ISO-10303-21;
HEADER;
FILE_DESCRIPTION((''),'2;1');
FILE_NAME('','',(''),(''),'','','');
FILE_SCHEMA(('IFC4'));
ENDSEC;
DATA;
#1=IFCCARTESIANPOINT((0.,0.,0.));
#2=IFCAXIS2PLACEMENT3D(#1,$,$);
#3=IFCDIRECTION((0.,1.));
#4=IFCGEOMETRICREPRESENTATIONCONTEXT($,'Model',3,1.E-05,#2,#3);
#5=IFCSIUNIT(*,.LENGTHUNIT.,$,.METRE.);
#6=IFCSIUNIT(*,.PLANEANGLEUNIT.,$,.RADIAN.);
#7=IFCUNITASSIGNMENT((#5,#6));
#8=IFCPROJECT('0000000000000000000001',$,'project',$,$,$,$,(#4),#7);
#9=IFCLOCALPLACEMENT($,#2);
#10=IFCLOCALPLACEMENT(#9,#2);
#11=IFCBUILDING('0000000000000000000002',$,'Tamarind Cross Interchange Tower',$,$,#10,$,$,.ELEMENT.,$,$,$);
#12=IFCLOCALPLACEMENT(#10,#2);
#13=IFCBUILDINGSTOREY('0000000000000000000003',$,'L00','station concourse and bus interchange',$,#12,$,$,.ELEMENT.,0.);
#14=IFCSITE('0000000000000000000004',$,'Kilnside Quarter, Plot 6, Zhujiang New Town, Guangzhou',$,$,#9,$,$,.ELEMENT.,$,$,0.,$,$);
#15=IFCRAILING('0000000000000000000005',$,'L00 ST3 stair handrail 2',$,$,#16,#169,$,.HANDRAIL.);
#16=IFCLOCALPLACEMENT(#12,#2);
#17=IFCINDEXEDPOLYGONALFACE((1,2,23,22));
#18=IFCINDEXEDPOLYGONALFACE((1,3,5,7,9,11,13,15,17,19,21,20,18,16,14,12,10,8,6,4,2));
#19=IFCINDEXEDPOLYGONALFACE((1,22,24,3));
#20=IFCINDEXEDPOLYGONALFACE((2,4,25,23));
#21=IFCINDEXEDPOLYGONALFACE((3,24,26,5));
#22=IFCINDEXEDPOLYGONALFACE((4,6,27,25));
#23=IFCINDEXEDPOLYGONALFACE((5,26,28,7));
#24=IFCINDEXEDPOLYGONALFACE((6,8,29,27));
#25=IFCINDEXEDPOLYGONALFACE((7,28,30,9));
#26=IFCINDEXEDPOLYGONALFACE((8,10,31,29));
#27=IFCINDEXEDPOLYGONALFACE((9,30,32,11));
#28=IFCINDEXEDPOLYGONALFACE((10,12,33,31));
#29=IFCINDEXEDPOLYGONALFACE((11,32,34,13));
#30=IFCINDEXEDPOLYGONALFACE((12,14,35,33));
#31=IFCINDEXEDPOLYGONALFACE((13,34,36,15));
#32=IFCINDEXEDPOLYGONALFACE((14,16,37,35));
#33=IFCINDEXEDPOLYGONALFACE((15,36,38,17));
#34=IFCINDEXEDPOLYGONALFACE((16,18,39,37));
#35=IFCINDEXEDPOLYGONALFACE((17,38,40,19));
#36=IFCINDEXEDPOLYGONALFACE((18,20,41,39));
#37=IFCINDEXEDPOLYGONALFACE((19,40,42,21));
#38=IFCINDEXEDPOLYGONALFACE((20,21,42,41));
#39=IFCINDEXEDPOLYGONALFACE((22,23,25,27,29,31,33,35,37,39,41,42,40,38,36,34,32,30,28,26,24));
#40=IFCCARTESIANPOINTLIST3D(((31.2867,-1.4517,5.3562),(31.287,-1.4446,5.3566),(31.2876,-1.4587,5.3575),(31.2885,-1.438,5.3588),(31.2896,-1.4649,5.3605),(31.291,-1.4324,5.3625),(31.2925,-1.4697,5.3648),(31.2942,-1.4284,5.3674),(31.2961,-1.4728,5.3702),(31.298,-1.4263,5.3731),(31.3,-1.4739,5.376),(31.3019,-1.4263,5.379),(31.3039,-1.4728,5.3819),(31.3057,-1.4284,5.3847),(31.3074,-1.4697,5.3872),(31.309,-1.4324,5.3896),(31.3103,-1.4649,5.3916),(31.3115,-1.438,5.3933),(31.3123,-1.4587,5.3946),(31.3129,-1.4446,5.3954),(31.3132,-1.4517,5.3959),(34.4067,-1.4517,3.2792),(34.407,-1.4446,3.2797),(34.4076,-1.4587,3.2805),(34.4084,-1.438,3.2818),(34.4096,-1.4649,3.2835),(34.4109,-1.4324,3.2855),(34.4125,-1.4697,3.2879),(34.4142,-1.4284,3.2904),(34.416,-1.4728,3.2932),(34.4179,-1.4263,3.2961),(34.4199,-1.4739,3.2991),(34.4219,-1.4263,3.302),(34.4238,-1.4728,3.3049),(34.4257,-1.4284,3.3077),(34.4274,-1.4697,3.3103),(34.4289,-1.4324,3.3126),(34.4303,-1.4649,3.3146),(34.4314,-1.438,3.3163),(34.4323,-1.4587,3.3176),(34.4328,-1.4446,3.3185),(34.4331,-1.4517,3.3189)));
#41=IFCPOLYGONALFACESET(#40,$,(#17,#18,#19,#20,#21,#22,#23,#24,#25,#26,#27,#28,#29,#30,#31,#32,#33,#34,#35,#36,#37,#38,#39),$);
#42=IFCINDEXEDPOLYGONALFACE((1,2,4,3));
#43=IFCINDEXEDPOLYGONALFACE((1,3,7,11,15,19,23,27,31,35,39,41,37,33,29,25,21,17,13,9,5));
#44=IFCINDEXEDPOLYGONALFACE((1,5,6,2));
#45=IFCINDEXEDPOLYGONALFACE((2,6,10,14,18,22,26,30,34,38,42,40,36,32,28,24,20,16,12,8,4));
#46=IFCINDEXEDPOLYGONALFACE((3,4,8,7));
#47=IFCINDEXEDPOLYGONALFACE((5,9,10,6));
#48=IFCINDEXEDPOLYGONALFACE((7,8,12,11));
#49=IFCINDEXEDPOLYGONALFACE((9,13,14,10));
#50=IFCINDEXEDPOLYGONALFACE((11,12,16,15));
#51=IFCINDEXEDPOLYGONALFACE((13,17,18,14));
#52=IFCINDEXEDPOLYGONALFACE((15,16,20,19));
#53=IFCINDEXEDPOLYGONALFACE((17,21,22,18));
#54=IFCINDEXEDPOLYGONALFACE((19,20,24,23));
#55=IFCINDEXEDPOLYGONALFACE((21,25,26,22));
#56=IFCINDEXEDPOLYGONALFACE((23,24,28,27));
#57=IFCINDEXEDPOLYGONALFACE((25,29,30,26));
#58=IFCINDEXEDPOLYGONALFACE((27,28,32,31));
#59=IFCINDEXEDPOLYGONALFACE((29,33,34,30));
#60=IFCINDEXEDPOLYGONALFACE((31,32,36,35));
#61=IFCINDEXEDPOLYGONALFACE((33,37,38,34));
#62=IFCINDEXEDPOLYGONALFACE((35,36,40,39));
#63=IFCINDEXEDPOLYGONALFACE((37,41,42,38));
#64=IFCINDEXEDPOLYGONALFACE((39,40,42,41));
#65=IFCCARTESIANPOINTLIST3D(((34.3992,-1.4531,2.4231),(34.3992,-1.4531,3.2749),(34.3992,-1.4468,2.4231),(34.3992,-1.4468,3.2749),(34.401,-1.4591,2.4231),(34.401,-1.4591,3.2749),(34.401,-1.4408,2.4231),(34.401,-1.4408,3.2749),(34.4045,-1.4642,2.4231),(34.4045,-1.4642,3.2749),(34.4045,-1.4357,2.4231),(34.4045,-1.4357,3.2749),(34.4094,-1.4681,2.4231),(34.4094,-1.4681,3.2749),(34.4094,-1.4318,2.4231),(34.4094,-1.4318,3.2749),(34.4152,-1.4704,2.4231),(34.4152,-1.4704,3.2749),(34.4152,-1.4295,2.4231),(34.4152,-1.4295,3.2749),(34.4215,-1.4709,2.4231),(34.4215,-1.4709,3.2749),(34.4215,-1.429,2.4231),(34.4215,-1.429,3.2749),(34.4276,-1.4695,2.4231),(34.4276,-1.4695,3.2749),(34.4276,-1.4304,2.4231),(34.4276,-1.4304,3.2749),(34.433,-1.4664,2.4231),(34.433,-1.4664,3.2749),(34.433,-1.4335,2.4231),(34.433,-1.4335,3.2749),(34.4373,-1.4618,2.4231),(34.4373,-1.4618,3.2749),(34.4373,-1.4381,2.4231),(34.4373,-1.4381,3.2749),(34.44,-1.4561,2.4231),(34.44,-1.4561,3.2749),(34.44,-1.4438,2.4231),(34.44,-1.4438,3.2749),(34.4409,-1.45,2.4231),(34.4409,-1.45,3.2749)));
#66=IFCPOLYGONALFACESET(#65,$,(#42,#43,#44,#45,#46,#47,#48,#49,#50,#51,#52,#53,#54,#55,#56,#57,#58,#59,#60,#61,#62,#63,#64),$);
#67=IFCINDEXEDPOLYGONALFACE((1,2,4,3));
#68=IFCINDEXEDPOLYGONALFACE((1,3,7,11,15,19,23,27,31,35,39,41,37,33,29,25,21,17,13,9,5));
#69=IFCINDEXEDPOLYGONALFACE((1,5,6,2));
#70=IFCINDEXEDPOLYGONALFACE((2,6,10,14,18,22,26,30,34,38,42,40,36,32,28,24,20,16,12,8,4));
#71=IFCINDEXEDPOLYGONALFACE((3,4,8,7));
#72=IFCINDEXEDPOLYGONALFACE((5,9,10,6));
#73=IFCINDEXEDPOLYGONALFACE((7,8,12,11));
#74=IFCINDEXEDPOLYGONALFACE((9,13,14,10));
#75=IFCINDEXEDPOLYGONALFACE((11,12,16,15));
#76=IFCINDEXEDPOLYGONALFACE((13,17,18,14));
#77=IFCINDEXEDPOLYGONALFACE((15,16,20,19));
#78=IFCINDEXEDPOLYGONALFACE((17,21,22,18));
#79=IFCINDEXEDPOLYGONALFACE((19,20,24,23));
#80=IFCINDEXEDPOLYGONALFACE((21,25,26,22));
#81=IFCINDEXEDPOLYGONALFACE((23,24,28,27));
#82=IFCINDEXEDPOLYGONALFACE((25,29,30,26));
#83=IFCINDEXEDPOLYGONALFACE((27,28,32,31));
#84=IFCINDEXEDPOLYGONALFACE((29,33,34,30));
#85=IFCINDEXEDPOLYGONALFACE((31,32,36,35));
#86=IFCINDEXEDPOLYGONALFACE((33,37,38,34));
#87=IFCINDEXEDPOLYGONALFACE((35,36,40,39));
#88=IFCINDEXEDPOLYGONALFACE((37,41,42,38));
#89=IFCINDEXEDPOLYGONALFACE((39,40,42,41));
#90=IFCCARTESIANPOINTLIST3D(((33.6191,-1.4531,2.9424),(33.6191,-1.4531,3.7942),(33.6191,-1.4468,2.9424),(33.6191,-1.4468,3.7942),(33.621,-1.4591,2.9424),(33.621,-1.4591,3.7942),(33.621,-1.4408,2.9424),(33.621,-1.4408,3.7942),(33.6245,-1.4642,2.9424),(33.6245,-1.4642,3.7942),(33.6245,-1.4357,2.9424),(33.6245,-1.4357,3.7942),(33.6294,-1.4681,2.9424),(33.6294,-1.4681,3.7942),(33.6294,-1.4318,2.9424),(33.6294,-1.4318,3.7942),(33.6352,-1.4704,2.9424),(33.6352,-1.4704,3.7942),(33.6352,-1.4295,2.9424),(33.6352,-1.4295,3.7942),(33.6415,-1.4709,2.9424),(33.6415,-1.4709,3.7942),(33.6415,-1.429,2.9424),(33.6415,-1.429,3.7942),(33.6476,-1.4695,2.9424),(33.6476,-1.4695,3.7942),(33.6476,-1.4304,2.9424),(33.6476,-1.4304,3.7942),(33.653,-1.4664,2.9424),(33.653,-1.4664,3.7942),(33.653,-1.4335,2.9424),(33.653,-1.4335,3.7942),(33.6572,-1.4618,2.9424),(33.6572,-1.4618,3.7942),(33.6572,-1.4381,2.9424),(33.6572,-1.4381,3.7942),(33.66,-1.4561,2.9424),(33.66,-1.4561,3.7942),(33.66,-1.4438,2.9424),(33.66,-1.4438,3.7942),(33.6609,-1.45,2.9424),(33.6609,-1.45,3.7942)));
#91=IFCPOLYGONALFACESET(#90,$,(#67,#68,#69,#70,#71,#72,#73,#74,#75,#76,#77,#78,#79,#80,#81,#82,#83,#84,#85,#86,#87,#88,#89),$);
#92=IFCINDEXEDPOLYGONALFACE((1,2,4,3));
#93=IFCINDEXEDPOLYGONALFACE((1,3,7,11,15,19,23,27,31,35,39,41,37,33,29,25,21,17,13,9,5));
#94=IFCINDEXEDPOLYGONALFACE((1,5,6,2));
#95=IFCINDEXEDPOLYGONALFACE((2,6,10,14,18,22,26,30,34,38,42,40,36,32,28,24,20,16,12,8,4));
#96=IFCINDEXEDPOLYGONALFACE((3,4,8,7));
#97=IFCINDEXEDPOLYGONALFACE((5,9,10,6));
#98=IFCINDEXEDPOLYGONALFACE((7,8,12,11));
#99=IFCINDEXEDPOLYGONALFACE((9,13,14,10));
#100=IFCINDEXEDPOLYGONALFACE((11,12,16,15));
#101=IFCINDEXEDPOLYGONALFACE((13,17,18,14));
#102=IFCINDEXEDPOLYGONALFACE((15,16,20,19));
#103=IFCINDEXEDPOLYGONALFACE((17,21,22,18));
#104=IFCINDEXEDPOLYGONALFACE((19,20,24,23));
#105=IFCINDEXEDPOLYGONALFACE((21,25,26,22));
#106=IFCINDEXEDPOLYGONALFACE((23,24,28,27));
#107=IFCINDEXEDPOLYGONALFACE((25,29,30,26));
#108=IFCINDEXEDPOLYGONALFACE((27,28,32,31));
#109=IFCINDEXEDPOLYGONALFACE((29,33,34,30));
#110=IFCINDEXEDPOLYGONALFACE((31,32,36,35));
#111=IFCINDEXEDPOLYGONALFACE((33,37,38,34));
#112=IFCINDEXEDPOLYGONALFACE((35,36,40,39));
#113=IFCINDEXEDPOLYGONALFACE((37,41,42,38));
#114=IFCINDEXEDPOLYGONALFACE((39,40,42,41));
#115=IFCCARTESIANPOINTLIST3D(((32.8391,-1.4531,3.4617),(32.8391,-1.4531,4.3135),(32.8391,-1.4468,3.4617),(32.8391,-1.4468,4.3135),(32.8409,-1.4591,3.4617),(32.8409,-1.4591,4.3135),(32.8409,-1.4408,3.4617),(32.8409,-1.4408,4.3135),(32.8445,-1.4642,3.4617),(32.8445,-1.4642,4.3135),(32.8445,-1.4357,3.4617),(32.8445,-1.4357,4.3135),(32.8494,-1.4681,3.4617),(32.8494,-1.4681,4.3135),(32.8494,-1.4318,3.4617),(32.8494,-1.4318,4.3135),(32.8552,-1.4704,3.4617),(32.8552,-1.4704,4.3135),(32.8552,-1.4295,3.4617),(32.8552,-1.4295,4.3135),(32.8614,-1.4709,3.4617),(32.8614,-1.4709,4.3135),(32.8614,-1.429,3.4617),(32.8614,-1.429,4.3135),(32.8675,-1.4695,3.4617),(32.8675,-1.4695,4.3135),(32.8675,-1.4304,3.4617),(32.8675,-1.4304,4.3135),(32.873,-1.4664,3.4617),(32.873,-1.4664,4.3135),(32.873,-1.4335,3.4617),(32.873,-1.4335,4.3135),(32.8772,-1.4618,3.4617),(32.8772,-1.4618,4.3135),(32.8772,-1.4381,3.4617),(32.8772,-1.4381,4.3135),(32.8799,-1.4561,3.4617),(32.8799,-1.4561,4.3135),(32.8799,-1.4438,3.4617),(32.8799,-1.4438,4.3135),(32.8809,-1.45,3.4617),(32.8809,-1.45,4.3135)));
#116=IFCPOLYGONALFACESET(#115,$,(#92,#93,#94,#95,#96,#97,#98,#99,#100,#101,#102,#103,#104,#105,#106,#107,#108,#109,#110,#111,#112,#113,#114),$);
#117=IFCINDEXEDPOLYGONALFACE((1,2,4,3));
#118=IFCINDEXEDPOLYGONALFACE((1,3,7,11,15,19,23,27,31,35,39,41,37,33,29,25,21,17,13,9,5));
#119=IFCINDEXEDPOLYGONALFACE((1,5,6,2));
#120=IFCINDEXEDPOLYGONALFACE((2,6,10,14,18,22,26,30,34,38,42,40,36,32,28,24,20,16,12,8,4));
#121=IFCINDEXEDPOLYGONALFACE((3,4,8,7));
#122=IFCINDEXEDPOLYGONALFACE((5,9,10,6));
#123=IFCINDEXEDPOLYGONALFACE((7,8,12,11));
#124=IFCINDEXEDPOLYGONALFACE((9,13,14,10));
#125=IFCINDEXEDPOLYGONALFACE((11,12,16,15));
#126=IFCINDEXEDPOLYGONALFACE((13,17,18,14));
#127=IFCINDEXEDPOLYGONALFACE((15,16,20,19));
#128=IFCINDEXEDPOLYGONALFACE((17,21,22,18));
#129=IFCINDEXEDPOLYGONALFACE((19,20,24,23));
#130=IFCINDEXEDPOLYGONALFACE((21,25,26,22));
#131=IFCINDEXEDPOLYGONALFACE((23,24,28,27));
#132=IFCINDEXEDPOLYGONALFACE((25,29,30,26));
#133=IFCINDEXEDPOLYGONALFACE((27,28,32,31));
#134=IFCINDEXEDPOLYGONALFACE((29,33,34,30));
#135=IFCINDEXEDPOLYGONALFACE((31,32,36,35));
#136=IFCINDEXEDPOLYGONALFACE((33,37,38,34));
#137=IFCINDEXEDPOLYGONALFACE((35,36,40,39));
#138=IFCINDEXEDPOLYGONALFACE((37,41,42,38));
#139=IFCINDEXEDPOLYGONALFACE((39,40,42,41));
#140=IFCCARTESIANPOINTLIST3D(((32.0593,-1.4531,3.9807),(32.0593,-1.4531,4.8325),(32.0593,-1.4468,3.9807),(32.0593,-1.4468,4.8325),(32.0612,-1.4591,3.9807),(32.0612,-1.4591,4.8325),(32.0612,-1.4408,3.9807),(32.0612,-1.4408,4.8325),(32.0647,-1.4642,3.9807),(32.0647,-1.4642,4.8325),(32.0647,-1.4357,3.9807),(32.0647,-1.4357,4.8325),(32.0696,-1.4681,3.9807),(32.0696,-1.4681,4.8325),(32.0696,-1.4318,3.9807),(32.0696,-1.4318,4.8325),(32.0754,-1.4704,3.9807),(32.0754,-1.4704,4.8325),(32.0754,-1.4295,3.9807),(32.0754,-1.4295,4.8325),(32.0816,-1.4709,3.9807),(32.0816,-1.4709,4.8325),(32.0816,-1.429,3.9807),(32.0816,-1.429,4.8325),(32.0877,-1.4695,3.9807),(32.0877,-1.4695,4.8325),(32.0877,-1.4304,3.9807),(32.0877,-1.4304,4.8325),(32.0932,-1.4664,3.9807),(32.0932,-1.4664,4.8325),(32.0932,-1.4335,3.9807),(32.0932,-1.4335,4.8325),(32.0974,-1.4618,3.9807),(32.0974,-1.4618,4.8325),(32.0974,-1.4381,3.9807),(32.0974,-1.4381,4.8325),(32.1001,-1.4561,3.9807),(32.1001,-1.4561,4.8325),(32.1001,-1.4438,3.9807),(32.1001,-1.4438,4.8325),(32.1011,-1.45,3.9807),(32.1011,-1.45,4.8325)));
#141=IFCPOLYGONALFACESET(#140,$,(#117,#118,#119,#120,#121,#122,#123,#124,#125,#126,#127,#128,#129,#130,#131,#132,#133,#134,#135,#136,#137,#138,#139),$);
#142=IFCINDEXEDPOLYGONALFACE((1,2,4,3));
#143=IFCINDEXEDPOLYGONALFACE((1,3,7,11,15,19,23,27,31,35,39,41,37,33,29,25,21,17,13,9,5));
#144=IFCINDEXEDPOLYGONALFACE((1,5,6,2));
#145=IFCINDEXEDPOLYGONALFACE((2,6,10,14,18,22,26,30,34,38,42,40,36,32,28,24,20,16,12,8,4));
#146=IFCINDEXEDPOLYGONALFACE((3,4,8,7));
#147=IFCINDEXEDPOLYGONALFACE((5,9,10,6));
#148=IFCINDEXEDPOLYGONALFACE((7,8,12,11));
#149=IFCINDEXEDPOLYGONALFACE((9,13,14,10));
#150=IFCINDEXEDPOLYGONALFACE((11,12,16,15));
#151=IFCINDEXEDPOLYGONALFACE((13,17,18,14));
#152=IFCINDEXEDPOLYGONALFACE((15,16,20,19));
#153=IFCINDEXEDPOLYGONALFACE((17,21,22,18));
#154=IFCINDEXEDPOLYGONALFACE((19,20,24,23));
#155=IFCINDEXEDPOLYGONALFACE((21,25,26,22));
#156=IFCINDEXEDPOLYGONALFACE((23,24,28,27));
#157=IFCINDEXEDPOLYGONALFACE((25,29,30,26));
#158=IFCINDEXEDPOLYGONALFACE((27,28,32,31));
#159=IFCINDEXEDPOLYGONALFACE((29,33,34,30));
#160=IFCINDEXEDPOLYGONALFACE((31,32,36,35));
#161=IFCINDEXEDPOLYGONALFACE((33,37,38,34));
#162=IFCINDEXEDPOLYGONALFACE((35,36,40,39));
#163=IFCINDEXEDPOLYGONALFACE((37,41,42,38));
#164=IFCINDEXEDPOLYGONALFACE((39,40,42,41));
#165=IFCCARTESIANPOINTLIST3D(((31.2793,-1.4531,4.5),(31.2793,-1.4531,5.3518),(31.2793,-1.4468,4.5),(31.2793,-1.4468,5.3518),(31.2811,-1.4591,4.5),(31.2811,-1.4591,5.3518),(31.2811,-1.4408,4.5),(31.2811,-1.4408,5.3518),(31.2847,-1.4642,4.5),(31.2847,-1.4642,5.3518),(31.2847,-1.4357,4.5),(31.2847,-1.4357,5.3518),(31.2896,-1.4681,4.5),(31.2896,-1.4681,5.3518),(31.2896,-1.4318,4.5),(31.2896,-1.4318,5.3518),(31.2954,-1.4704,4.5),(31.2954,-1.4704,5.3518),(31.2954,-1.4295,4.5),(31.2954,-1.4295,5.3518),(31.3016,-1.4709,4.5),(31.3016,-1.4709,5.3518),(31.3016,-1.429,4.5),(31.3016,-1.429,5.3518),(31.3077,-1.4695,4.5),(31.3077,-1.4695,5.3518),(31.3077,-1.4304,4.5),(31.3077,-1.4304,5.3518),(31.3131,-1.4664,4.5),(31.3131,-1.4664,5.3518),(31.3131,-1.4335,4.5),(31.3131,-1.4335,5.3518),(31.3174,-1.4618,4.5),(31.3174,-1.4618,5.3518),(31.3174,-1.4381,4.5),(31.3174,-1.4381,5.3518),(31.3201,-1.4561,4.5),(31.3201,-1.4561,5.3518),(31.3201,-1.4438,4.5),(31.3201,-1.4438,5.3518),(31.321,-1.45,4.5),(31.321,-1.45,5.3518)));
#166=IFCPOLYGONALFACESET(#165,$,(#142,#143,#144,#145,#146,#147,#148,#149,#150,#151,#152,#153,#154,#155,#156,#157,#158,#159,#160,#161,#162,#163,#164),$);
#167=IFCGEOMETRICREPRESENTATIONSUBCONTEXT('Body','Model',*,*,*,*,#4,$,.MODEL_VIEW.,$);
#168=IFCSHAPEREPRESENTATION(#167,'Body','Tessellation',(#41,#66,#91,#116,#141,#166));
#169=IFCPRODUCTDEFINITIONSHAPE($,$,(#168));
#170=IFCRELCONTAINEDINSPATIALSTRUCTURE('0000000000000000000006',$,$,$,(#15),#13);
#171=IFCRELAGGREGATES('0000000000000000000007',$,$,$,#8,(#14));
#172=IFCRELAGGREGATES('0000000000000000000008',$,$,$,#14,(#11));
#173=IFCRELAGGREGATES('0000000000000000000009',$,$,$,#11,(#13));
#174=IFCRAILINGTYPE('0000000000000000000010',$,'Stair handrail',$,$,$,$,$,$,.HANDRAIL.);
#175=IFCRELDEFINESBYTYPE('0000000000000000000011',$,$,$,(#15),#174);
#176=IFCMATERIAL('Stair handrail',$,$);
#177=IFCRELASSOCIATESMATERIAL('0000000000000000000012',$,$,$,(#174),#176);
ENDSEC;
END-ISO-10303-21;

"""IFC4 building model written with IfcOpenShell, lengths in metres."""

from ifc_helpers import new_model, si_unit, direction, frame, origin, origin_2d, place, context, subcontext, project, spatial, circle, extrude, material, type_object, element, save


model = new_model("IFC4")

# Units and contexts
model_context = context("Model", 3, precision=1e-05, world=origin(), true_north=direction((0.0, 1.0)))
body_context = subcontext(model_context, "Body", "Model", "MODEL_VIEW")
ifc_project = project(units=[si_unit("LENGTHUNIT", "METRE"), si_unit("PLANEANGLEUNIT", "RADIAN")], contexts=[model_context])

# Site, building, storey
site_placement = place(None, origin())
site = spatial("IfcSite", under=ifc_project, at=site_placement, Name="Kilnside Quarter, Plot 6, Zhujiang New Town, Guangzhou", CompositionType="ELEMENT", RefElevation=0.0)
building_placement = place(site_placement, origin())
building = spatial("IfcBuilding", under=site, at=building_placement, Name="Tamarind Cross Interchange Tower", CompositionType="ELEMENT")
storey_placement = place(building_placement, origin())
storey = spatial("IfcBuildingStorey", under=building, at=storey_placement, Name="L00", Description="station concourse and bus interchange", CompositionType="ELEMENT", Elevation=0.0)

# Railing
ifc_material_1 = material(Name="Stair handrail")
railing_type_1 = type_object("IfcRailingType", Name="Stair handrail", PredefinedType="HANDRAIL", material=ifc_material_1)
for number, where, name in (
    (1, (34.4199, -1.45, 2.4231), "L00 ST3 stair handrail 2"),
):
    element("IfcRailing", number, at=place(storey_placement, frame(where)), inside=storey, type_object=railing_type_1, Name=name, PredefinedType="HANDRAIL", context=body_context, shape_type="SweptSolid", body=[
        extrude(circle(Radius=0.0239, at=origin_2d()), frame((0.0, 0.0, 0.876), z_axis=(-0.832421, 0.0, 0.554144), x_axis=(0.0, -1.0, 0.0)), (0.0, 0.0, 1.0), 3.748),
        extrude(circle(Radius=0.021, at=origin_2d()), origin(), (0.0, 0.0, 1.0), 0.8518),
        extrude(circle(Radius=0.021, at=origin_2d()), frame((-0.78, 0.0, 0.5193)), (0.0, 0.0, 1.0), 0.8518),
        extrude(circle(Radius=0.021, at=origin_2d()), frame((-1.5601, 0.0, 1.0386)), (0.0, 0.0, 1.0), 0.8518),
        extrude(circle(Radius=0.021, at=origin_2d()), frame((-2.3398, 0.0, 1.5576)), (0.0, 0.0, 1.0), 0.8518),
        extrude(circle(Radius=0.021, at=origin_2d()), frame((-3.1199, 0.0, 2.0769)), (0.0, 0.0, 1.0), 0.8518),
    ])

save(model, "model.ifc")
